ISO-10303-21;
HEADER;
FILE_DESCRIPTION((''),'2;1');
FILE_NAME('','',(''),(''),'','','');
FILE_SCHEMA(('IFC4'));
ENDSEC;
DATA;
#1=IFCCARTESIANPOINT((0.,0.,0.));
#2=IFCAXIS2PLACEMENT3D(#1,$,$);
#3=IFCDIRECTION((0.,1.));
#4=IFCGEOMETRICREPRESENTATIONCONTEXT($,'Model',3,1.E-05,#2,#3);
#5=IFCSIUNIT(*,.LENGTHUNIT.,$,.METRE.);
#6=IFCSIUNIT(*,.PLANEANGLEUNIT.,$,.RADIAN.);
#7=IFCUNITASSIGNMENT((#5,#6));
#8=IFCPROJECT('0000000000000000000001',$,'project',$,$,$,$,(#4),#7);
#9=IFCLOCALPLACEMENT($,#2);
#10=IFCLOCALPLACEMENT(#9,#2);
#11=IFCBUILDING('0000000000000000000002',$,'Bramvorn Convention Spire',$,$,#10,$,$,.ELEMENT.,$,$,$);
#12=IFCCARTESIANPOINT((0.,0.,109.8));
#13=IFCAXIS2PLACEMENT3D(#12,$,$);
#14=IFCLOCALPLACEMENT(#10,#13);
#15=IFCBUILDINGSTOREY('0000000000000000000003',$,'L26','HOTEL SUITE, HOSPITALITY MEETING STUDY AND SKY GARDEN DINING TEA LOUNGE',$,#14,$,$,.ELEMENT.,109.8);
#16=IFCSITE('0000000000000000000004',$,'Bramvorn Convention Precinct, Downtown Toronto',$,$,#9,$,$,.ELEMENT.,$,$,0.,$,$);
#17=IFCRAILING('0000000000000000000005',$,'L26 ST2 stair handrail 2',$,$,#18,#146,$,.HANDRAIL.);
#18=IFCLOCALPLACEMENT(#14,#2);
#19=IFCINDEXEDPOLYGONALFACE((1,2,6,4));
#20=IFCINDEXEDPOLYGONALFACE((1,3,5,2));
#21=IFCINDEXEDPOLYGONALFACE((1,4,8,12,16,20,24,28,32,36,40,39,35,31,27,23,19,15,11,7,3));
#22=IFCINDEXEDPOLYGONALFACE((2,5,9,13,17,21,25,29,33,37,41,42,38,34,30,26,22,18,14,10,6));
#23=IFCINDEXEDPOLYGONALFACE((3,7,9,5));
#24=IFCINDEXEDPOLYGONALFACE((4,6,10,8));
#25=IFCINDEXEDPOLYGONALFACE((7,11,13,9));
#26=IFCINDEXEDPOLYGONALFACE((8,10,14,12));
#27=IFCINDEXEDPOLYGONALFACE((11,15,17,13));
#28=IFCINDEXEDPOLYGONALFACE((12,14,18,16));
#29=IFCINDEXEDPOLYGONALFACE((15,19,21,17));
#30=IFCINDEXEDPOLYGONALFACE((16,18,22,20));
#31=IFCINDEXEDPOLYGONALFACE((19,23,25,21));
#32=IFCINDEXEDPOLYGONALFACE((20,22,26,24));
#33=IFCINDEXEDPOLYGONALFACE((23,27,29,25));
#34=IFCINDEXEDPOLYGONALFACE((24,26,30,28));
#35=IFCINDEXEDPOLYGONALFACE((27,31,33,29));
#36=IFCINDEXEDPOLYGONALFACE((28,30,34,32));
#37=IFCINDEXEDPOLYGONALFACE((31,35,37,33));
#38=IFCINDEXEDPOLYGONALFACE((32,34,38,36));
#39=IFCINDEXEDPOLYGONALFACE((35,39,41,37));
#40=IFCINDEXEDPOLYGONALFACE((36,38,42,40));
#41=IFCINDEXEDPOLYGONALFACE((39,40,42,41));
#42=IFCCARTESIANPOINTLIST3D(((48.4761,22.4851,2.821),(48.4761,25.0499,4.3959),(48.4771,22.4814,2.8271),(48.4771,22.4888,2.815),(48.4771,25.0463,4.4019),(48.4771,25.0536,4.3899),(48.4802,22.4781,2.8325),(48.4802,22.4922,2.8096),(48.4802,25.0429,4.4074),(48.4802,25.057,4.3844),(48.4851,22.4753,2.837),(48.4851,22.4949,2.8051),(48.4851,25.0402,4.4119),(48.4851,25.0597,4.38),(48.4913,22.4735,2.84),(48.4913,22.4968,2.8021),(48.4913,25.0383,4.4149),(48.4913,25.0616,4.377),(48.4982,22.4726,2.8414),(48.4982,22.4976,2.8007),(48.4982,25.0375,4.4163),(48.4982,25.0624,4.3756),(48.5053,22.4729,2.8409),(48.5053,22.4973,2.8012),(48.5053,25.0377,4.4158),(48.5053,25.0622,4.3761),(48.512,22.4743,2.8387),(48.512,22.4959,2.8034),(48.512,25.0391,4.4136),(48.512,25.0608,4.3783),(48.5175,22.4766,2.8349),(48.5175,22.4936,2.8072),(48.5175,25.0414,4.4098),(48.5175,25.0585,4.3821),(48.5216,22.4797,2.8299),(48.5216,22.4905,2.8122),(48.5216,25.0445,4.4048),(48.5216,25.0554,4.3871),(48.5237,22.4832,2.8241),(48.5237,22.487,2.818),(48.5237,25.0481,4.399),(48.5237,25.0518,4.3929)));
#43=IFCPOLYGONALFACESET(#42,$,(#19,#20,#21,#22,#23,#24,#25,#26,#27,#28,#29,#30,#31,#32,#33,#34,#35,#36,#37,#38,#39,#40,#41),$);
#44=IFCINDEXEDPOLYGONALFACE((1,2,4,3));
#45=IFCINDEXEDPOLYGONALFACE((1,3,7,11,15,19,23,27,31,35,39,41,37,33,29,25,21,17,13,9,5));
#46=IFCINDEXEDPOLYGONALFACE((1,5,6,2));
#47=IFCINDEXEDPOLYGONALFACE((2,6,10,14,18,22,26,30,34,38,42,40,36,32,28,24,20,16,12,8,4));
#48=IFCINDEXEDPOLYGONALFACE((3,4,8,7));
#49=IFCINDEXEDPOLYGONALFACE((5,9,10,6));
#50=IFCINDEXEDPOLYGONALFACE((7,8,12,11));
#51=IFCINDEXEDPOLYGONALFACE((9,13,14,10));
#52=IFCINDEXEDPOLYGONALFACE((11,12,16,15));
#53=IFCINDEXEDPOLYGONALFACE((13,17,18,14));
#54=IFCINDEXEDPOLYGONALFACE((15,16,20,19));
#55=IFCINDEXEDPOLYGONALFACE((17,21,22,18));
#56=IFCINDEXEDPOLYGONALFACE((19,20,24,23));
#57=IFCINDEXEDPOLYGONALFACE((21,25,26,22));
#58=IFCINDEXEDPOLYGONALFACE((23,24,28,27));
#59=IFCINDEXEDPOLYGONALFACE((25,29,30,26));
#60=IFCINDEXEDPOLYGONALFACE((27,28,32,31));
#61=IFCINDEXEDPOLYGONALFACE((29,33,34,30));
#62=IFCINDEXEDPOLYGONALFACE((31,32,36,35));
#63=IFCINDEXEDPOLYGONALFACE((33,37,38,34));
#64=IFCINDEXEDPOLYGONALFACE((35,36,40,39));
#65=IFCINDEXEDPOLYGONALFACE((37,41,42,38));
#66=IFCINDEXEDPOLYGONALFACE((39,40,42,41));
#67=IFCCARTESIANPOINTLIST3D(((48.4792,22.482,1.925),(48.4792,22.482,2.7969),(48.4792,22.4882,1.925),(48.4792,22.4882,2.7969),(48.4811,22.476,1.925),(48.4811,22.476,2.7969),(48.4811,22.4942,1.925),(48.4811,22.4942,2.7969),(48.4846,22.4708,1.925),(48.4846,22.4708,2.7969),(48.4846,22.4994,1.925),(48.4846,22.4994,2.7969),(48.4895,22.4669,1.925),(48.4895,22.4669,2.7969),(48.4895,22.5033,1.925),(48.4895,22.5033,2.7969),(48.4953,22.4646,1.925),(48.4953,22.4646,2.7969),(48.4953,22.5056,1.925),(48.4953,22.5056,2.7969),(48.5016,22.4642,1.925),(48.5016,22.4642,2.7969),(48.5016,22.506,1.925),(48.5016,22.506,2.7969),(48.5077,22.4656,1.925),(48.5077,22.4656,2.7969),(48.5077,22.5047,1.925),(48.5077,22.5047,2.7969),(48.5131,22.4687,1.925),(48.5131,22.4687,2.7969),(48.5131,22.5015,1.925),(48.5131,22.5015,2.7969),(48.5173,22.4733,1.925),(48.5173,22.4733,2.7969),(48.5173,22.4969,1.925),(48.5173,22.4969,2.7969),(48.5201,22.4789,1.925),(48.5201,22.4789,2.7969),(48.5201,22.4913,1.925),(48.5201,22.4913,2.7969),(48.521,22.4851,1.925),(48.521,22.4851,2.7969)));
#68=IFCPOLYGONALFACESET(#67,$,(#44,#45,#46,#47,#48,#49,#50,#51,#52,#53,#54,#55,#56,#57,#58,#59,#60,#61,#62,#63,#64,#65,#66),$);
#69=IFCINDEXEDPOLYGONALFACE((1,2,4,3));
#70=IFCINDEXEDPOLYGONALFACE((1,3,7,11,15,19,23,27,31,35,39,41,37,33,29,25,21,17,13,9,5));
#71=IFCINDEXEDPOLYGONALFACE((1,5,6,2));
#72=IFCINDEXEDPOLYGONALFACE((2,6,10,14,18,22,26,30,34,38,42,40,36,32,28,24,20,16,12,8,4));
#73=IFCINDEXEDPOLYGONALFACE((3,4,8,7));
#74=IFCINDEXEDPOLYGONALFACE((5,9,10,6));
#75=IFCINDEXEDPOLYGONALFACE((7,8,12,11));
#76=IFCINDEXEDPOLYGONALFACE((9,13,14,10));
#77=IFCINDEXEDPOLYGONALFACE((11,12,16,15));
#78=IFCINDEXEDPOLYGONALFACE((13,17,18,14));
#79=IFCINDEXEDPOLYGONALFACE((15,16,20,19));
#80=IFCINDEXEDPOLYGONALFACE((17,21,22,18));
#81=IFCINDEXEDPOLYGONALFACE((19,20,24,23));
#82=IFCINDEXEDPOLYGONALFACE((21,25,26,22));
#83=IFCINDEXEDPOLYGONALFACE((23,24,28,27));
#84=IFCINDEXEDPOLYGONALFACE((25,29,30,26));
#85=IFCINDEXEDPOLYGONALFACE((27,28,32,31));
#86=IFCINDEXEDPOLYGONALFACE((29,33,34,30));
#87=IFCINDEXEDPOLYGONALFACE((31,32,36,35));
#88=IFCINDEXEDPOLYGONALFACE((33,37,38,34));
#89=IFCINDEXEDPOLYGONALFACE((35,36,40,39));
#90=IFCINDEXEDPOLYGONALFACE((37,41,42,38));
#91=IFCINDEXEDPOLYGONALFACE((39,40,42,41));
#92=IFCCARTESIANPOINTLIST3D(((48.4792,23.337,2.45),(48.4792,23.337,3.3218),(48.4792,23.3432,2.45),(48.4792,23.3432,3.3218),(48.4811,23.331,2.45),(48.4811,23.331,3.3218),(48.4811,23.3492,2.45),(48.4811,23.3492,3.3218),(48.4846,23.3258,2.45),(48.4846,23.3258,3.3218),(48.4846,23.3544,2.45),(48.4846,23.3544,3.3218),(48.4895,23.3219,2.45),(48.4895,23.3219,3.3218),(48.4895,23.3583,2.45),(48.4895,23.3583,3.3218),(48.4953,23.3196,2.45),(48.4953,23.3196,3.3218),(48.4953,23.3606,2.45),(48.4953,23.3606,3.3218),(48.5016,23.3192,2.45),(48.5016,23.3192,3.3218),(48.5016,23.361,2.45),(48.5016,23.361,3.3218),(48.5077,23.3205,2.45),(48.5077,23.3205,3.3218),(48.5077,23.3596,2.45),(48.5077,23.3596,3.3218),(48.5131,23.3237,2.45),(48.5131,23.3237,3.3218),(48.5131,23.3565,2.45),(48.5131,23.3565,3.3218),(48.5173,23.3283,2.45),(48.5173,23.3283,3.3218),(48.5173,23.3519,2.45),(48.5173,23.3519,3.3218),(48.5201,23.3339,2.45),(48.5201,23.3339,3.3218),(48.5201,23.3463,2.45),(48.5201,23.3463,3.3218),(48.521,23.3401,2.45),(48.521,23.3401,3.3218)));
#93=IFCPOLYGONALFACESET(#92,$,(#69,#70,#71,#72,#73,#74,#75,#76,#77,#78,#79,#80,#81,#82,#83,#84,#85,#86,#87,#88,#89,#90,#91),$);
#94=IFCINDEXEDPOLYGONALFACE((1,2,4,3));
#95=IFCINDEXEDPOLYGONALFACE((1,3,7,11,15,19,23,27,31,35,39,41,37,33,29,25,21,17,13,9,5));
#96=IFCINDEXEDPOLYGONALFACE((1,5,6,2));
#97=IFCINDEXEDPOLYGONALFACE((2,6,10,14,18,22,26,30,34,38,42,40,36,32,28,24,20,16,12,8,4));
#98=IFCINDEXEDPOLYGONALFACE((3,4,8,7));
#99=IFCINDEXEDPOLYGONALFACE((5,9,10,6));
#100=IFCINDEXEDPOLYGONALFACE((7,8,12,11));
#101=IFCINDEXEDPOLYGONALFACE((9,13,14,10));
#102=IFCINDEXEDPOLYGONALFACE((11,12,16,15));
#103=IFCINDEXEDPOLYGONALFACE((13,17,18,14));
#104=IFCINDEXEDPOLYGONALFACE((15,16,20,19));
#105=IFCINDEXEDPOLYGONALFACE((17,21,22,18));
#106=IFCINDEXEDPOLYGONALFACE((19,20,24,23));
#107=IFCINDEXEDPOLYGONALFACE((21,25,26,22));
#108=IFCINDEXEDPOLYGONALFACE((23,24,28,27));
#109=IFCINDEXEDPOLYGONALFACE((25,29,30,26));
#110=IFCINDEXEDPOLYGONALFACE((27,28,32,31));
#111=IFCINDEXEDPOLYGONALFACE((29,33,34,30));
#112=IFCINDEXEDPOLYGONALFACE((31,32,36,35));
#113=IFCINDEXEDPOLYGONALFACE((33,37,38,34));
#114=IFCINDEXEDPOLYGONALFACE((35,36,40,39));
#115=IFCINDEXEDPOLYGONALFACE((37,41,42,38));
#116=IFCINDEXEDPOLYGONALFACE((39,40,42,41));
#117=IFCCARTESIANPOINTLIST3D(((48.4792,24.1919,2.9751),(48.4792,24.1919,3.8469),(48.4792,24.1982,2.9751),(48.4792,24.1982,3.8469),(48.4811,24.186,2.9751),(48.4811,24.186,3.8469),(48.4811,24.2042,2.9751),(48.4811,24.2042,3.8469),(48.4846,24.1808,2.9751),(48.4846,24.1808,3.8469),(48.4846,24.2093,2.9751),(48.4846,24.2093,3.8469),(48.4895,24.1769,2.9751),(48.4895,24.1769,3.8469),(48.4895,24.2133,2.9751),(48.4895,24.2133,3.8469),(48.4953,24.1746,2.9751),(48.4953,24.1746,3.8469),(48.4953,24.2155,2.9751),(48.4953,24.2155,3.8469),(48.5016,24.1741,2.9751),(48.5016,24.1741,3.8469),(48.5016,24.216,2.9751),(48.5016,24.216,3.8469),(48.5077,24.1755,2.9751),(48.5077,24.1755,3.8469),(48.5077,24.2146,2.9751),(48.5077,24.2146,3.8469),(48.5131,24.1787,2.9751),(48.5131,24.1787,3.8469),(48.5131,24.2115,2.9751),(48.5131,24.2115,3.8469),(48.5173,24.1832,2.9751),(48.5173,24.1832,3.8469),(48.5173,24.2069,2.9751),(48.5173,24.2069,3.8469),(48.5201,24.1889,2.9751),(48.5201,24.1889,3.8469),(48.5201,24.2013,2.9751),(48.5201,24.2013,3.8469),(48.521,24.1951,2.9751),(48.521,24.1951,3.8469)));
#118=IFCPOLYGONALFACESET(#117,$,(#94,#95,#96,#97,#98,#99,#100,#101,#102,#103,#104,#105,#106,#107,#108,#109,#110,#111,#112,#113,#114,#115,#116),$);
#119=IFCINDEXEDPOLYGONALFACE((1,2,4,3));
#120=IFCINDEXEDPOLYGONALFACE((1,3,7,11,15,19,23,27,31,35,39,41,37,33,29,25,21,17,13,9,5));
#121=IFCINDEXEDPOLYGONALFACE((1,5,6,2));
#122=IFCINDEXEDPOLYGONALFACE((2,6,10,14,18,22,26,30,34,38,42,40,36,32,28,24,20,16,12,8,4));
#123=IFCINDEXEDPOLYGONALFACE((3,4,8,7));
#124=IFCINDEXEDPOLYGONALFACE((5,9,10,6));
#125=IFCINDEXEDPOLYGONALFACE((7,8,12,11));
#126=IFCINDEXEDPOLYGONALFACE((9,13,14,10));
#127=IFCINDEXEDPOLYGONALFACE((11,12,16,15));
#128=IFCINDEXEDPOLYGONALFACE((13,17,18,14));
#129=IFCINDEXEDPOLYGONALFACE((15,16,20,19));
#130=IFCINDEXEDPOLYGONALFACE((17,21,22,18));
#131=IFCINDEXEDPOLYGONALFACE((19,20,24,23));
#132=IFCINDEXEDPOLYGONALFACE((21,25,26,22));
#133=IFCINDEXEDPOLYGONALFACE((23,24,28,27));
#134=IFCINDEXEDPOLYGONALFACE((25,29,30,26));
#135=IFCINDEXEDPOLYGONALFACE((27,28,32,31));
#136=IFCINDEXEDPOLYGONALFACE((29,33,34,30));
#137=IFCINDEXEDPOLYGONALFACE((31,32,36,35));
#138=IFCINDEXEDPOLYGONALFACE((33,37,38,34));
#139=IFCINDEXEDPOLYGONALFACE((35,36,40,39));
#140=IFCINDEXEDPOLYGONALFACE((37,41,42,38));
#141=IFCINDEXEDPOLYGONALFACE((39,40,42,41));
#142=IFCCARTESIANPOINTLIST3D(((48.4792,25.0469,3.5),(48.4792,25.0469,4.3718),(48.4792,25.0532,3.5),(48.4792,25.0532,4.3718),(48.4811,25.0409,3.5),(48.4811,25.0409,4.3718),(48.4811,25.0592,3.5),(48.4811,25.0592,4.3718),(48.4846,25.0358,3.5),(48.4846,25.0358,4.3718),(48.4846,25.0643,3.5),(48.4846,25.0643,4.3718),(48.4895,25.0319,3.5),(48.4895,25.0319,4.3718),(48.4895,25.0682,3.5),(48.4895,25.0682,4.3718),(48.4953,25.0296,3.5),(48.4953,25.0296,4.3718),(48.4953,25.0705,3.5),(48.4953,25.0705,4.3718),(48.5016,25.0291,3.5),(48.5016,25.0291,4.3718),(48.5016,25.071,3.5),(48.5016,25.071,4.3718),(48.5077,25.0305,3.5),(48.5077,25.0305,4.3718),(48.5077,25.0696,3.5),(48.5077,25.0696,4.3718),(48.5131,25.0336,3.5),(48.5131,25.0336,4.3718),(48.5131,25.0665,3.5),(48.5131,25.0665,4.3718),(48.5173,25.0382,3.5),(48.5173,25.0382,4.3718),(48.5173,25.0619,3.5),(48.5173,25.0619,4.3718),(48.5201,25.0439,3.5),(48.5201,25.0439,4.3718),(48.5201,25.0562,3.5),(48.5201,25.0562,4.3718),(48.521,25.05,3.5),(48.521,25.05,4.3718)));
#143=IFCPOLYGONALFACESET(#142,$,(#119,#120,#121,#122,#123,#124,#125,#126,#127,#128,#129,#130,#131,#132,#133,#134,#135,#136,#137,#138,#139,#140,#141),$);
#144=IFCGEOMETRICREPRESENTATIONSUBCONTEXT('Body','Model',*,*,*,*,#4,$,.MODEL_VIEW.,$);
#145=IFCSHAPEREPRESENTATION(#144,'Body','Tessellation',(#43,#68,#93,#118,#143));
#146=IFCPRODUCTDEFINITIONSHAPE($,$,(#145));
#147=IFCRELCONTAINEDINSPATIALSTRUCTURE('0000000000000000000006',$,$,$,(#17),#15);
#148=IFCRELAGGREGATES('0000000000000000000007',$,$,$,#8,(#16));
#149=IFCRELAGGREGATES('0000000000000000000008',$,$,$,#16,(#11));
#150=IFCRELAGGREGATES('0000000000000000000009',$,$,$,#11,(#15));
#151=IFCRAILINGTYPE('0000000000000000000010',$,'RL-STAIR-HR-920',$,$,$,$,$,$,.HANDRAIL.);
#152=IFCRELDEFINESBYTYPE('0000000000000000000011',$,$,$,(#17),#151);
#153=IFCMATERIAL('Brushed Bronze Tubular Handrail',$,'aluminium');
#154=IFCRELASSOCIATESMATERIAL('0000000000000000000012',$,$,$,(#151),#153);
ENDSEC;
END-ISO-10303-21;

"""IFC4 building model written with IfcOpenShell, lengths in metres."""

from ifc_helpers import new_model, si_unit, direction, frame, origin, origin_2d, place, context, subcontext, project, spatial, circle, extrude, material, type_object, element, save


model = new_model("IFC4")

# Units and contexts
model_context = context("Model", 3, precision=1e-05, world=origin(), true_north=direction((0.0, 1.0)))
body_context = subcontext(model_context, "Body", "Model", "MODEL_VIEW")
ifc_project = project(units=[si_unit("LENGTHUNIT", "METRE"), si_unit("PLANEANGLEUNIT", "RADIAN")], contexts=[model_context])

# Site, building, storey
site_placement = place(None, origin())
site = spatial("IfcSite", under=ifc_project, at=site_placement, Name="Bramvorn Convention Precinct, Downtown Toronto", CompositionType="ELEMENT", RefElevation=0.0)
building_placement = place(site_placement, origin())
building = spatial("IfcBuilding", under=site, at=building_placement, Name="Bramvorn Convention Spire", CompositionType="ELEMENT")
storey_placement = place(building_placement, frame((0.0, 0.0, 109.8)))
storey = spatial("IfcBuildingStorey", under=building, at=storey_placement, Name="L26", Description="HOTEL SUITE, HOSPITALITY MEETING STUDY AND SKY GARDEN DINING TEA LOUNGE", CompositionType="ELEMENT", Elevation=109.8)

# Railing
ifc_material_1 = material(Name="Brushed Bronze Tubular Handrail", Category="aluminium")
railing_type_1 = type_object("IfcRailingType", Name="RL-STAIR-HR-920", PredefinedType="HANDRAIL", material=ifc_material_1)
railing_1_placement = place(storey_placement, frame((48.5, 22.4851, 1.925)))
element("IfcRailing", 1, at=railing_1_placement, inside=storey, type_object=railing_type_1, Name="L26 ST2 stair handrail 2", PredefinedType="HANDRAIL", context=body_context, shape_type="SweptSolid", body=[
    extrude(circle(Radius=0.0239, at=origin_2d()), frame((0.0, 0.0, 0.896), z_axis=(0.0, 0.852173, 0.52326), x_axis=(-1.0, 0.0, 0.0)), (0.0, 0.0, 1.0), 3.0098),
    extrude(circle(Radius=0.021, at=origin_2d()), origin(), (0.0, 0.0, 1.0), 0.8718),
    extrude(circle(Radius=0.021, at=origin_2d()), frame((0.0, 0.855, 0.5249)), (0.0, 0.0, 1.0), 0.8718),
    extrude(circle(Radius=0.021, at=origin_2d()), frame((0.0, 1.71, 1.05)), (0.0, 0.0, 1.0), 0.8718),
    extrude(circle(Radius=0.021, at=origin_2d()), frame((0.0, 2.5649, 1.575)), (0.0, 0.0, 1.0), 0.8718),
])

save(model, "model.ifc")
